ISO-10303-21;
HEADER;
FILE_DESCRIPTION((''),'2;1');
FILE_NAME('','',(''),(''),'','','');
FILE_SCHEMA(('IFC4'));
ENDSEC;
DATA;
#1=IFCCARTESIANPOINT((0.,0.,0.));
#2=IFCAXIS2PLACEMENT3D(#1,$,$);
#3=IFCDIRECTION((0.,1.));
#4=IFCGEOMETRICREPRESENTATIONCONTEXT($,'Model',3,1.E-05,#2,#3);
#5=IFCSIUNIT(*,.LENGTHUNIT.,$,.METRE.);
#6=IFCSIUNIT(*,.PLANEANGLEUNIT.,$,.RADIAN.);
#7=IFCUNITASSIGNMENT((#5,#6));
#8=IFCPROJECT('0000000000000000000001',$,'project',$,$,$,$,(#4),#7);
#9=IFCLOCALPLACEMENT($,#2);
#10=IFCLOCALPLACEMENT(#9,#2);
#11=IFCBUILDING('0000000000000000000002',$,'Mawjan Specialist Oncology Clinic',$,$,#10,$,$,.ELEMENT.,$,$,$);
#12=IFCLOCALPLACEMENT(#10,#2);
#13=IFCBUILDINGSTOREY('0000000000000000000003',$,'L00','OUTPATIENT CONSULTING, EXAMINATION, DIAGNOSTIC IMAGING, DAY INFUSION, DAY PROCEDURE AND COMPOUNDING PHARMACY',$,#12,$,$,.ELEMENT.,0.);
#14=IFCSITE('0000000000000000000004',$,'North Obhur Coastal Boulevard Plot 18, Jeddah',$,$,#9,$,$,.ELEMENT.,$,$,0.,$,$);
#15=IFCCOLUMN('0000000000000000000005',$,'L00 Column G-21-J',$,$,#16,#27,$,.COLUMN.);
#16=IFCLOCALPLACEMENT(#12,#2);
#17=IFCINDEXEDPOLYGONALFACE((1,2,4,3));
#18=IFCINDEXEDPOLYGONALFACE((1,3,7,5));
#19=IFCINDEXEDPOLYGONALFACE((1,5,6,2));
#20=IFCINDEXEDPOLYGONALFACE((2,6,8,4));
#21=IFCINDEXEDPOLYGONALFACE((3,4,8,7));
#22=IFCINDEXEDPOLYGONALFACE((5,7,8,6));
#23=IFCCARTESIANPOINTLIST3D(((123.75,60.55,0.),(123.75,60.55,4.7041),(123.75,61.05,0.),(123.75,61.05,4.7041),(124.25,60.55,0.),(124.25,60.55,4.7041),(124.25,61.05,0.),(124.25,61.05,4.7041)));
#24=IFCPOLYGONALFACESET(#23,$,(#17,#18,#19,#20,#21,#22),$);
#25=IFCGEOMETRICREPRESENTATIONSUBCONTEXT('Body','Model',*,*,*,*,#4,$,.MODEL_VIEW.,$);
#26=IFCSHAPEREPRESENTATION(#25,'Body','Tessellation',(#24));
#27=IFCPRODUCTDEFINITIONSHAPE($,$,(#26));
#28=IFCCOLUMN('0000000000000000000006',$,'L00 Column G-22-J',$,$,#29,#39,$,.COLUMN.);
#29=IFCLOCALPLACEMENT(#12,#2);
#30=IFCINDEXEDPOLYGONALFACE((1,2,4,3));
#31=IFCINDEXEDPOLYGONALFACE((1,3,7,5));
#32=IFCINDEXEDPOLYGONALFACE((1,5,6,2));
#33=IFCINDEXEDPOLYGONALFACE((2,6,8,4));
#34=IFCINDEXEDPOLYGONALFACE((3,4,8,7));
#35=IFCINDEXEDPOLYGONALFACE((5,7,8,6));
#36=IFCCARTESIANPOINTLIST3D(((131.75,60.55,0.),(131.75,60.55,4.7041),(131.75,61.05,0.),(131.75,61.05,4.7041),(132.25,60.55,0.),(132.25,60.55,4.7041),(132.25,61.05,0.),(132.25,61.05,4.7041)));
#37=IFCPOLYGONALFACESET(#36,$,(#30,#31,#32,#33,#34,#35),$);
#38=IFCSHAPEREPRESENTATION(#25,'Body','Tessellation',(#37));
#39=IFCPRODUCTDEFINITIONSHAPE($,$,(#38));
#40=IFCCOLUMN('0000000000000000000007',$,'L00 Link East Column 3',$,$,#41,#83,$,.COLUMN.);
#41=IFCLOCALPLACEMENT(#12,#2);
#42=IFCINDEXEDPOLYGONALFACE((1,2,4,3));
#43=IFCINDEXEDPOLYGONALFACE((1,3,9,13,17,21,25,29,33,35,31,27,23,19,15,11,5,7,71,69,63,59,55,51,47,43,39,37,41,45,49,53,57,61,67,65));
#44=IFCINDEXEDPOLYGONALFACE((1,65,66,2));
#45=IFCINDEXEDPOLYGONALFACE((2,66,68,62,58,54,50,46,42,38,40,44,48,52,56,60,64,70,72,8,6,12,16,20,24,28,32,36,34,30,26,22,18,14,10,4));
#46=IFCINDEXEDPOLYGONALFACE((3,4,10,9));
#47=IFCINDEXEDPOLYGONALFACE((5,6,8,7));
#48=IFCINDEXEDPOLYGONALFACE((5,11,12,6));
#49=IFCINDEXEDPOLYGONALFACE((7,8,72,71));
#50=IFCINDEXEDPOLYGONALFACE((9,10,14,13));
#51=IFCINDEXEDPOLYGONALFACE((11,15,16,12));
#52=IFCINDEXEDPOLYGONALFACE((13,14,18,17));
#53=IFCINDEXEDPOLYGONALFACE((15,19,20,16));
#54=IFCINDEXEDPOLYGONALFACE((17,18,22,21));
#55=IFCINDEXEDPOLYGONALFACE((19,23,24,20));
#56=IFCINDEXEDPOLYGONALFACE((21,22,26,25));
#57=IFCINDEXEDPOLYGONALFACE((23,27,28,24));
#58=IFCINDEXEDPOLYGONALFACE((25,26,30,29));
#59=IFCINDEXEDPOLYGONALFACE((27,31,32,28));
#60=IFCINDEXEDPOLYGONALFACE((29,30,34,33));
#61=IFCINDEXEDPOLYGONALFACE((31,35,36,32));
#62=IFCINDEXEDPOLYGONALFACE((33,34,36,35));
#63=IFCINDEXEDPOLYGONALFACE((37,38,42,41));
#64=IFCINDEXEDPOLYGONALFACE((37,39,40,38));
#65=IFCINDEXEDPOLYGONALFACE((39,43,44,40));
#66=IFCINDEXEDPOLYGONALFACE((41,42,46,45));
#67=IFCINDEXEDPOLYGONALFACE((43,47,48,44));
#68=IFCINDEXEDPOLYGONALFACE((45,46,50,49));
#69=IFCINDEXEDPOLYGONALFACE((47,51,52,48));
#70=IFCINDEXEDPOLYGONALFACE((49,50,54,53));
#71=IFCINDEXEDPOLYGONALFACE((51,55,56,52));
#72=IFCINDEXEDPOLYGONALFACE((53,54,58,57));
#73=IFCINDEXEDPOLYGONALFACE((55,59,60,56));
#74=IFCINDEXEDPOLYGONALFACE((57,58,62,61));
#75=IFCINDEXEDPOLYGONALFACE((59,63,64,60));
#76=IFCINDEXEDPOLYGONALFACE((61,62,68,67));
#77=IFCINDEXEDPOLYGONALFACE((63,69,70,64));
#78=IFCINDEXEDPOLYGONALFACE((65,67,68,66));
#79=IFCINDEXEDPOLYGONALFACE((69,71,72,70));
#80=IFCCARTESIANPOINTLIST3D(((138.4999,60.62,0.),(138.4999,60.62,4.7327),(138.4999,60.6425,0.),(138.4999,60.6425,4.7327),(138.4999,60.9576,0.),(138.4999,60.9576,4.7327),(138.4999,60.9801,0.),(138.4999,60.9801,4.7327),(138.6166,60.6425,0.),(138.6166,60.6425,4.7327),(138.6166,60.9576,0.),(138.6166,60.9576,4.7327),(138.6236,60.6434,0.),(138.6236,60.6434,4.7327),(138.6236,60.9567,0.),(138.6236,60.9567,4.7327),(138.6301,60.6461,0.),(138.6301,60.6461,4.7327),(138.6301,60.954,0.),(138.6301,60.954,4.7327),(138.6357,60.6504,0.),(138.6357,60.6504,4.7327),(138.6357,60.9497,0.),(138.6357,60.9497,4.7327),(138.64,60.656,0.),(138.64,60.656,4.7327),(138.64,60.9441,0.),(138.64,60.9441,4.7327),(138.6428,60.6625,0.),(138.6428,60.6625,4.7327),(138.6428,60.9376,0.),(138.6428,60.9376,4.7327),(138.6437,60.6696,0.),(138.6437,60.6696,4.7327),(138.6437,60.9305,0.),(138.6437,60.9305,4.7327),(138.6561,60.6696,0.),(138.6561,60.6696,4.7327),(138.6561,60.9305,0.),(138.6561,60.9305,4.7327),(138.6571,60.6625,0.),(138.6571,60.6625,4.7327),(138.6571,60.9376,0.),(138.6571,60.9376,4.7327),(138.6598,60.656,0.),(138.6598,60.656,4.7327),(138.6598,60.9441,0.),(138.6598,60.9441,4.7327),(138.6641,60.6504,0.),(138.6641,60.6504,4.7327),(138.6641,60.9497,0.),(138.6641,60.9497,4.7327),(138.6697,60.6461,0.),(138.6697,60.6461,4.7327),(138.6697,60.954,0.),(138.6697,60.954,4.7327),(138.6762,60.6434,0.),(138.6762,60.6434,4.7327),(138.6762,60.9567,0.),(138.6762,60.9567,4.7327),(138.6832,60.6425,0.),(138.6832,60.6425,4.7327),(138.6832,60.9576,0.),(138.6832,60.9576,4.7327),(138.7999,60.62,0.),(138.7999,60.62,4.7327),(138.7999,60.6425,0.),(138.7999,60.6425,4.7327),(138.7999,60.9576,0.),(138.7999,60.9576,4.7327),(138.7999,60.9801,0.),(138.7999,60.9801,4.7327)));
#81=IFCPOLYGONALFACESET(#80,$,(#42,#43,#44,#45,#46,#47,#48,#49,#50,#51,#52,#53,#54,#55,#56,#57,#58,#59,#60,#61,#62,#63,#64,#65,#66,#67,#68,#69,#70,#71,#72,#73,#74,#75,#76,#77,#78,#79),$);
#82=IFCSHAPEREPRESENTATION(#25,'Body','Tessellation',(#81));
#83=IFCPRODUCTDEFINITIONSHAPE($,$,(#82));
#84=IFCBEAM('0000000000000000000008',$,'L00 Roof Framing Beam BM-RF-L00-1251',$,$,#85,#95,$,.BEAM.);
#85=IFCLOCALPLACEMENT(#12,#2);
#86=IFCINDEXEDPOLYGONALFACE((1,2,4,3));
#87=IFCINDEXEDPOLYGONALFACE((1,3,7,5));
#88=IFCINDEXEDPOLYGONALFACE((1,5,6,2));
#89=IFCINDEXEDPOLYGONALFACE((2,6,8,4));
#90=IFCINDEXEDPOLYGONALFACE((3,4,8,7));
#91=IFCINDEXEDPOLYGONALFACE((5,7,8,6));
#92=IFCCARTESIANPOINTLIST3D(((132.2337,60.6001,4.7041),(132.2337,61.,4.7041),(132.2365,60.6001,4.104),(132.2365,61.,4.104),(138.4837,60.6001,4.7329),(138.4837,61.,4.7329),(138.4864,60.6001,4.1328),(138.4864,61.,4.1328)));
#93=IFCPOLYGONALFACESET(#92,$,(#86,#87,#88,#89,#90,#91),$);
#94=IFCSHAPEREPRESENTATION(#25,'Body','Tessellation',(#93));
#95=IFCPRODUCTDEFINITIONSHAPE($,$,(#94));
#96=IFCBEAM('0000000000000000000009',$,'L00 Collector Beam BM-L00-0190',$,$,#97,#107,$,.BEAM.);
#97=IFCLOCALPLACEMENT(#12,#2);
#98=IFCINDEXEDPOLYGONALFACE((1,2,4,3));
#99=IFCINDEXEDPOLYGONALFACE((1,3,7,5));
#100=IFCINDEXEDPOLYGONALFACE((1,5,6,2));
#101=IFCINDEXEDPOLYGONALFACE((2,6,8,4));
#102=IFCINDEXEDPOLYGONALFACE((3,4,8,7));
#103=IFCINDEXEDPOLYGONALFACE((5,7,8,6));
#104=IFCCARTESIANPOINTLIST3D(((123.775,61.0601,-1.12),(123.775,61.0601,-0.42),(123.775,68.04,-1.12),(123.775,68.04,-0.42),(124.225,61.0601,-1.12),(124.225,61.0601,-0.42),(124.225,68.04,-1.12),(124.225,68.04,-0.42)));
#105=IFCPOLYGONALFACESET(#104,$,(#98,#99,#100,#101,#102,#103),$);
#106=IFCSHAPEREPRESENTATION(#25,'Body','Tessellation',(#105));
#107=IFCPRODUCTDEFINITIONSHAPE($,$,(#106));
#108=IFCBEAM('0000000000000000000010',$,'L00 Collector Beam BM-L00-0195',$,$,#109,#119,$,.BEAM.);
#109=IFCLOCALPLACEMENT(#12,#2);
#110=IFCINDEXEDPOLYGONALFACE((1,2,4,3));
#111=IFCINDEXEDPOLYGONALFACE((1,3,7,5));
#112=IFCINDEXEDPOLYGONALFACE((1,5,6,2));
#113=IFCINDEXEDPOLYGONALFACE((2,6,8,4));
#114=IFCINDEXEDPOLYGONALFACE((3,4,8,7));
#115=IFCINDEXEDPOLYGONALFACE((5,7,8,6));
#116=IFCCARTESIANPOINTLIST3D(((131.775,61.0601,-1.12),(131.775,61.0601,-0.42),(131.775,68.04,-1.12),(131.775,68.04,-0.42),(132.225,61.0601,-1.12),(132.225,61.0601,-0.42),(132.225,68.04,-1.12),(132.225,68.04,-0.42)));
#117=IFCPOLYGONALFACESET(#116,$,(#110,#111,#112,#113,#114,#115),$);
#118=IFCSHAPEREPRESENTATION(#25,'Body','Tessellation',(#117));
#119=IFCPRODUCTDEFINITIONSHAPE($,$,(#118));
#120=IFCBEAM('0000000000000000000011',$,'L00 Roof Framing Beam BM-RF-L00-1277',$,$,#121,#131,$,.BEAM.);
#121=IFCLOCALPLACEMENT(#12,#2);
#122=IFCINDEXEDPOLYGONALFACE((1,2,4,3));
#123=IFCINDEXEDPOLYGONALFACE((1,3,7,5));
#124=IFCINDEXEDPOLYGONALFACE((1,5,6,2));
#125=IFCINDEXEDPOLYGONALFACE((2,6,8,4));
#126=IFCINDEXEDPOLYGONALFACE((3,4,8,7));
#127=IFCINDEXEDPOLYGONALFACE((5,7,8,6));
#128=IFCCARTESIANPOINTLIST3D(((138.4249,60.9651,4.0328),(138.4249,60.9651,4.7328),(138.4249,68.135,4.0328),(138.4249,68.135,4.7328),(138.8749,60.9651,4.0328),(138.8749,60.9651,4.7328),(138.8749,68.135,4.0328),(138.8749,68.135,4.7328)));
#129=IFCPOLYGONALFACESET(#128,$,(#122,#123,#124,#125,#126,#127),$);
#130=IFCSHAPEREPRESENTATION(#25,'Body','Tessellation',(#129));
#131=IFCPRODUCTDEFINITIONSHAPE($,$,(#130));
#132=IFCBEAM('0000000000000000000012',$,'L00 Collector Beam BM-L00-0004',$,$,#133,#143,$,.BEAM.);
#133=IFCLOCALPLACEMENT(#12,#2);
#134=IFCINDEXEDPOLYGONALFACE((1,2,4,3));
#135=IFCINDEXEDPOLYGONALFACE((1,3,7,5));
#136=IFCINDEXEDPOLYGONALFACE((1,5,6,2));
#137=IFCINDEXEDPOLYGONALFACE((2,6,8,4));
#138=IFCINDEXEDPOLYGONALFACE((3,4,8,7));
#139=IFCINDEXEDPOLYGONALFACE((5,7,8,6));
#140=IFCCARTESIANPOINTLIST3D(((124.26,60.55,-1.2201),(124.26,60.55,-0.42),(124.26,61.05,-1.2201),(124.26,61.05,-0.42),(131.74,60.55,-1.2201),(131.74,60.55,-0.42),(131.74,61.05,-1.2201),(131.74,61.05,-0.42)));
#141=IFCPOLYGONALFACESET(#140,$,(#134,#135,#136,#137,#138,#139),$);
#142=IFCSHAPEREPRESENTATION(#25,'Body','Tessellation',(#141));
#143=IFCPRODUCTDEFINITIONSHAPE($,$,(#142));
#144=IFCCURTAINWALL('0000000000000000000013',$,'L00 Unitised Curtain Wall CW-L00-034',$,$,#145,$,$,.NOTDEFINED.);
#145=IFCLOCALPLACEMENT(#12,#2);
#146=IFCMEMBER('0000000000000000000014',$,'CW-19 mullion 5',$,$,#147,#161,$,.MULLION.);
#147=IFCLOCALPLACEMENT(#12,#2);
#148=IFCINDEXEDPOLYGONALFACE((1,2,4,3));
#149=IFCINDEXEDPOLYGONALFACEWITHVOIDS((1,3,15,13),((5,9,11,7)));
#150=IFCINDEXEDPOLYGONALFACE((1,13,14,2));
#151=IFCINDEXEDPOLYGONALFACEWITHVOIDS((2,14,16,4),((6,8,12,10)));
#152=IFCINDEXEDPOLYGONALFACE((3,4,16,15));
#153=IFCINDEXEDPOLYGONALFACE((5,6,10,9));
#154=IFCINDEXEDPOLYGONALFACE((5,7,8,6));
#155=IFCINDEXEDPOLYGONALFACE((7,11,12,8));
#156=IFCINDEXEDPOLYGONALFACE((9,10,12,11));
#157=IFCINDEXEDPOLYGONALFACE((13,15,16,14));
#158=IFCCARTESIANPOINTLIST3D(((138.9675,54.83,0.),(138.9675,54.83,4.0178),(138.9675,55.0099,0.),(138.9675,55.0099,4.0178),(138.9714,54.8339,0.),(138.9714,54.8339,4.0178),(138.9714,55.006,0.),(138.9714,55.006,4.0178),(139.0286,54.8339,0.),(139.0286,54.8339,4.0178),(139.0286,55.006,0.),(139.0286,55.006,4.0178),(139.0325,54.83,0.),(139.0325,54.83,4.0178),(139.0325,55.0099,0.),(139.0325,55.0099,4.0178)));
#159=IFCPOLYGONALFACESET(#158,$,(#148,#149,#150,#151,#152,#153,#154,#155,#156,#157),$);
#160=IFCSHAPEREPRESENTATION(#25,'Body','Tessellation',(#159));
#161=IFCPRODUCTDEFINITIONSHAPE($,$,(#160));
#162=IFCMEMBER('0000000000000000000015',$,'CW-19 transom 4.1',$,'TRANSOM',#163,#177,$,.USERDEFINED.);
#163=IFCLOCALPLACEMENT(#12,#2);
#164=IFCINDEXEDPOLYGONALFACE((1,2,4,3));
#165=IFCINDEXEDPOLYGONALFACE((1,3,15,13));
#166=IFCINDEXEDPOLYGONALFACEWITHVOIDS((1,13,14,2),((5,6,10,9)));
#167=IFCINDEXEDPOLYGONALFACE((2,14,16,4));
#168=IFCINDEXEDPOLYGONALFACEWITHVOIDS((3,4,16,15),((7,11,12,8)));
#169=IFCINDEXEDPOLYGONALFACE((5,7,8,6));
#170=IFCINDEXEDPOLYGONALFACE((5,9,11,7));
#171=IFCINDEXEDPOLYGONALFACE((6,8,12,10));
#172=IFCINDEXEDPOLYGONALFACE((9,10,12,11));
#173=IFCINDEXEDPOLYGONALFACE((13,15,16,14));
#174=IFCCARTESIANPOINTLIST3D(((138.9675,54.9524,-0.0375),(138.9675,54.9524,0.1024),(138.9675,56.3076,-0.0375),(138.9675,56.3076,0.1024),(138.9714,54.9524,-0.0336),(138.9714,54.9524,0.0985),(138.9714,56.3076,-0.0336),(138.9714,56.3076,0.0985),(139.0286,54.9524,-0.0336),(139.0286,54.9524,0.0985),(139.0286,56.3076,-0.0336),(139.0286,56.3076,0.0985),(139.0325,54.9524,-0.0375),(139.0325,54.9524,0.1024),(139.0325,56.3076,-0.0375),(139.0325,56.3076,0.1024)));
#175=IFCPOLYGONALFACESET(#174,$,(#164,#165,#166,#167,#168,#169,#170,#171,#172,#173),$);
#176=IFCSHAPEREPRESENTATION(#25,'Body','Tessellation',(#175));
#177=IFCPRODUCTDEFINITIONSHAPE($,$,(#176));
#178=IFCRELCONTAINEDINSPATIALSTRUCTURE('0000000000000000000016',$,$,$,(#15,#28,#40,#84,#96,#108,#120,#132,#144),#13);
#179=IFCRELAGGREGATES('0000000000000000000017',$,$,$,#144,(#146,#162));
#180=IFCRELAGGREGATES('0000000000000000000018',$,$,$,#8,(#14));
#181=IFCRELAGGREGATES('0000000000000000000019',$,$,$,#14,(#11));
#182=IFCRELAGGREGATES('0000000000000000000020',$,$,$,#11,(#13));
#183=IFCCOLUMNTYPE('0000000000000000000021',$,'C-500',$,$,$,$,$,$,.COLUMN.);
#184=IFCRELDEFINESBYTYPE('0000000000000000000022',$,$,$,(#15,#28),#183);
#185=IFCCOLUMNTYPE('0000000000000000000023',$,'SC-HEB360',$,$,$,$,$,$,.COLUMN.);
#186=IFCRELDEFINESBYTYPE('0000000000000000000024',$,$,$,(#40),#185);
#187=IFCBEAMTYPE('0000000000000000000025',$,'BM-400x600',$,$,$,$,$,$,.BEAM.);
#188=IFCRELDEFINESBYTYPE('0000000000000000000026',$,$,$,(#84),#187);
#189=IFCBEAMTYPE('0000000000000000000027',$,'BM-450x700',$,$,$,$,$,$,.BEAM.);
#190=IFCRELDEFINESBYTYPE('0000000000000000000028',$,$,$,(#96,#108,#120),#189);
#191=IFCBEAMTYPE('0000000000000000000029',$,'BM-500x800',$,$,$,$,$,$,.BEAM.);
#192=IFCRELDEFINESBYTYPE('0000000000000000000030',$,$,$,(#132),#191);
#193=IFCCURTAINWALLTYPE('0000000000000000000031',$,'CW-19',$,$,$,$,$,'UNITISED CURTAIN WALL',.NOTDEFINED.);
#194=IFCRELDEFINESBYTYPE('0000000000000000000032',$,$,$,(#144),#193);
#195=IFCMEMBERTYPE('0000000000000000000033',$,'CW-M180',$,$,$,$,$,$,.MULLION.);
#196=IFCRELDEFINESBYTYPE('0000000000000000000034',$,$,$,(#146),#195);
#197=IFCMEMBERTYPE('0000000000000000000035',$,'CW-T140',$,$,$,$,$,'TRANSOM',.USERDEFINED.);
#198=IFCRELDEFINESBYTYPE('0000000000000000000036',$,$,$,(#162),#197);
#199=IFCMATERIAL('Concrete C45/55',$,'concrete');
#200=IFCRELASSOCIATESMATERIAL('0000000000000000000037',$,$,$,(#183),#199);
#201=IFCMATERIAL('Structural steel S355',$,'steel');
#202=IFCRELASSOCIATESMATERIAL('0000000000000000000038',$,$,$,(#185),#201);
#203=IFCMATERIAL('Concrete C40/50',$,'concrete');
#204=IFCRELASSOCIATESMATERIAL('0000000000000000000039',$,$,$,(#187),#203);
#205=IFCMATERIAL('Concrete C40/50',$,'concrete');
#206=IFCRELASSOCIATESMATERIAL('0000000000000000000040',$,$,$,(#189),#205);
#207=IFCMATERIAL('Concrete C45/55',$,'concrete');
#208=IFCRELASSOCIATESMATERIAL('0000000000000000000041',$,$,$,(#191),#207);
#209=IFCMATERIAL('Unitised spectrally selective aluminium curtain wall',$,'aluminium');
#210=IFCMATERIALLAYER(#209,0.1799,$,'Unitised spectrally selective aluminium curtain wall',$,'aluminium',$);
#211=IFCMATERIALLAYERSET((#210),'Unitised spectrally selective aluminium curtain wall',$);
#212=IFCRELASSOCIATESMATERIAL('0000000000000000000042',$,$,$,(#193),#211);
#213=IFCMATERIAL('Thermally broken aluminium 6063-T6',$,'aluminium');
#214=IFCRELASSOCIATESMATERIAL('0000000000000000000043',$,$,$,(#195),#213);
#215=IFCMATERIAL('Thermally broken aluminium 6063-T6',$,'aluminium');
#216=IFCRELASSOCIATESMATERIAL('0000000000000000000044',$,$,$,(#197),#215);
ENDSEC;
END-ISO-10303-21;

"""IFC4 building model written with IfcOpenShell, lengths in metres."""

from ifc_helpers import new_model, si_unit, direction, frame, origin, origin_2d, place, context, subcontext, project, spatial, rectangle, hollow_rectangle, i_section, extrude, material, layer, layer_set, material_profile, profile_set, type_object, element, aggregate, save


model = new_model("IFC4")

# Units and contexts
model_context = context("Model", 3, precision=1e-05, world=origin(), true_north=direction((0.0, 1.0)))
body_context = subcontext(model_context, "Body", "Model", "MODEL_VIEW")
ifc_project = project(units=[si_unit("LENGTHUNIT", "METRE"), si_unit("PLANEANGLEUNIT", "RADIAN")], contexts=[model_context])

# Site, building, storey
site_placement = place(None, origin())
site = spatial("IfcSite", under=ifc_project, at=site_placement, Name="North Obhur Coastal Boulevard Plot 18, Jeddah", CompositionType="ELEMENT", RefElevation=0.0)
building_placement = place(site_placement, origin())
building = spatial("IfcBuilding", under=site, at=building_placement, Name="Mawjan Specialist Oncology Clinic", CompositionType="ELEMENT")
storey_placement = place(building_placement, origin())
storey = spatial("IfcBuildingStorey", under=building, at=storey_placement, Name="L00", Description="OUTPATIENT CONSULTING, EXAMINATION, DIAGNOSTIC IMAGING, DAY INFUSION, DAY PROCEDURE AND COMPOUNDING PHARMACY", CompositionType="ELEMENT", Elevation=0.0)

# Columns
ifc_material_1 = material(Name="Concrete C45/55", Category="concrete")
ifc_material_profile_1 = material_profile(ifc_material_1, rectangle(XDim=0.5, YDim=0.5, at=origin_2d()), Name="RC COL 500x500", Category="concrete")
ifc_profile_set_1 = profile_set([ifc_material_profile_1], Name="Concrete C45/55")
column_type_1 = type_object("IfcColumnType", Name="C-500", PredefinedType="COLUMN", material=ifc_profile_set_1)
for number, where, z_axis, x_axis, name in (
    (1, (124.0, 60.8, 0.0), (0.0, 0.0, 1.0), (1.0, 0.0, 0.0), "L00 Column G-21-J"),
    (2, (132.0, 60.8, 0.0), (0.0, 0.0, 1.0), (1.0, 0.0, 0.0), "L00 Column G-22-J"),
):
    element("IfcColumn", number, at=place(storey_placement, frame(where, z_axis=z_axis, x_axis=x_axis)), inside=storey, type_object=column_type_1, Name=name, PredefinedType="COLUMN", context=body_context, shape_type="SweptSolid", body=[
        extrude(rectangle(XDim=0.5, YDim=0.5, at=origin_2d()), origin(), (0.0, 0.0, 1.0), 4.7041),
    ])
ifc_material_2 = material(Name="Structural steel S355", Category="steel")
ifc_material_profile_2 = material_profile(ifc_material_2, i_section(OverallWidth=0.3, OverallDepth=0.3601, WebThickness=0.0125, FlangeThickness=0.0225, FilletRadius=0.0271, at=origin_2d()), Name="HEB 360", Category="steel")
ifc_profile_set_2 = profile_set([ifc_material_profile_2], Name="Structural steel S355")
column_type_2 = type_object("IfcColumnType", Name="SC-HEB360", PredefinedType="COLUMN", material=ifc_profile_set_2)
column_placement = place(storey_placement, frame((138.6499, 60.8, 0.0), z_axis=(0.0, 0.0, 1.0), x_axis=(1.0, 0.0, 0.0)))
element("IfcColumn", 3, at=column_placement, inside=storey, type_object=column_type_2, Name="L00 Link East Column 3", PredefinedType="COLUMN", context=body_context, shape_type="SweptSolid", body=[
    extrude(i_section(OverallWidth=0.3, OverallDepth=0.3601, WebThickness=0.0125, FlangeThickness=0.0225, FilletRadius=0.0271, at=origin_2d()), origin(), (0.0, 0.0, 1.0), 4.7327),
])

# Beams
ifc_material_3 = material(Name="Concrete C40/50", Category="concrete")
ifc_material_profile_3 = material_profile(ifc_material_3, rectangle(XDim=0.3999, YDim=0.6001, at=origin_2d()), Name="RC BM 400x600", Category="concrete")
ifc_profile_set_3 = profile_set([ifc_material_profile_3], Name="Concrete C40/50")
beam_type_1 = type_object("IfcBeamType", Name="BM-400x600", PredefinedType="BEAM", material=ifc_profile_set_3)
beam_1_placement = place(storey_placement, frame((132.2351, 60.8, 4.4041), z_axis=(0.999989, 0.0, 0.004609), x_axis=(0.0, 1.0, 0.0)))
element("IfcBeam", 4, at=beam_1_placement, inside=storey, type_object=beam_type_1, Name="L00 Roof Framing Beam BM-RF-L00-1251", PredefinedType="BEAM", context=body_context, shape_type="SweptSolid", body=[
    extrude(rectangle(XDim=0.3999, YDim=0.6001, at=origin_2d()), origin(), (0.0, 0.0, 1.0), 6.25),
])
ifc_material_4 = material(Name="Concrete C40/50", Category="concrete")
ifc_material_profile_4 = material_profile(ifc_material_4, rectangle(XDim=0.45, YDim=0.7, at=origin_2d()), Name="RC BM 450x700", Category="concrete")
ifc_profile_set_4 = profile_set([ifc_material_profile_4], Name="Concrete C40/50")
beam_type_2 = type_object("IfcBeamType", Name="BM-450x700", PredefinedType="BEAM", material=ifc_profile_set_4)
for number, where, z_axis, x_axis, name in (
    (5, (124.0, 61.0601, -0.77), (0.0, 1.0, 0.0), (-1.0, 0.0, 0.0), "L00 Collector Beam BM-L00-0190"),
    (6, (132.0, 61.0601, -0.77), (0.0, 1.0, 0.0), (-1.0, 0.0, 0.0), "L00 Collector Beam BM-L00-0195"),
):
    element("IfcBeam", number, at=place(storey_placement, frame(where, z_axis=z_axis, x_axis=x_axis)), inside=storey, type_object=beam_type_2, Name=name, PredefinedType="BEAM", context=body_context, shape_type="SweptSolid", body=[
        extrude(rectangle(XDim=0.45, YDim=0.7, at=origin_2d()), origin(), (0.0, 0.0, 1.0), 6.98),
    ])
beam_2_placement = place(storey_placement, frame((138.6499, 60.9651, 4.3828), z_axis=(0.0, 1.0, 0.0), x_axis=(-1.0, 0.0, 0.0)))
element("IfcBeam", 7, at=beam_2_placement, inside=storey, type_object=beam_type_2, Name="L00 Roof Framing Beam BM-RF-L00-1277", PredefinedType="BEAM", context=body_context, shape_type="SweptSolid", body=[
    extrude(rectangle(XDim=0.45, YDim=0.7, at=origin_2d()), origin(), (0.0, 0.0, 1.0), 7.1699),
])
ifc_material_5 = material(Name="Concrete C45/55", Category="concrete")
ifc_material_profile_5 = material_profile(ifc_material_5, rectangle(XDim=0.5, YDim=0.8, at=origin_2d()), Name="RC BM 500x800", Category="concrete")
ifc_profile_set_5 = profile_set([ifc_material_profile_5], Name="Concrete C45/55")
beam_type_3 = type_object("IfcBeamType", Name="BM-500x800", PredefinedType="BEAM", material=ifc_profile_set_5)
beam_3_placement = place(storey_placement, frame((124.26, 60.8, -0.8201), z_axis=(1.0, 0.0, 0.0), x_axis=(0.0, 1.0, 0.0)))
element("IfcBeam", 8, at=beam_3_placement, inside=storey, type_object=beam_type_3, Name="L00 Collector Beam BM-L00-0004", PredefinedType="BEAM", context=body_context, shape_type="SweptSolid", body=[
    extrude(rectangle(XDim=0.5, YDim=0.8, at=origin_2d()), origin(), (0.0, 0.0, 1.0), 7.48),
])

# Curtain wall, members
ifc_material_6 = material(Name="Unitised spectrally selective aluminium curtain wall", Category="aluminium")
ifc_layer_1 = layer(ifc_material_6, 0.1799, Name="Unitised spectrally selective aluminium curtain wall", Category="aluminium")
ifc_layer_set_1 = layer_set([ifc_layer_1], Name="Unitised spectrally selective aluminium curtain wall")
curtain_wall_type = type_object("IfcCurtainWallType", Name="CW-19", ElementType="UNITISED CURTAIN WALL", PredefinedType="NOTDEFINED", material=ifc_layer_set_1)
curtain_wall_placement = place(storey_placement, origin())
curtain_wall = element("IfcCurtainWall", 9, at=curtain_wall_placement, inside=storey, type_object=curtain_wall_type, Name="L00 Unitised Curtain Wall CW-L00-034", PredefinedType="NOTDEFINED")
ifc_material_7 = material(Name="Thermally broken aluminium 6063-T6", Category="aluminium")
ifc_material_profile_6 = material_profile(ifc_material_7, hollow_rectangle(XDim=0.0649, YDim=0.1799, WallThickness=0.0039, at=origin_2d()), Name="ALU MULLION 180x65x4", Category="aluminium")
ifc_profile_set_6 = profile_set([ifc_material_profile_6], Name="Thermally broken aluminium 6063-T6")
member_type_1 = type_object("IfcMemberType", Name="CW-M180", PredefinedType="MULLION", material=ifc_profile_set_6)
member_1_placement = place(storey_placement, frame((139.0, 54.9199, 0.0), z_axis=(0.0, 0.0, 1.0), x_axis=(1.0, 0.0, 0.0)))
member_1 = element("IfcMember", 10, at=member_1_placement, type_object=member_type_1, Name="CW-19 mullion 5", PredefinedType="MULLION", context=body_context, shape_type="SweptSolid", body=[
    extrude(hollow_rectangle(XDim=0.0649, YDim=0.1799, WallThickness=0.0039, at=origin_2d()), origin(), (0.0, 0.0, 1.0), 4.0178),
])
ifc_material_8 = material(Name="Thermally broken aluminium 6063-T6", Category="aluminium")
ifc_material_profile_7 = material_profile(ifc_material_8, hollow_rectangle(XDim=0.0649, YDim=0.1399, WallThickness=0.0039, at=origin_2d()), Name="ALU TRANSOM 140x65x4", Category="aluminium")
ifc_profile_set_7 = profile_set([ifc_material_profile_7], Name="Thermally broken aluminium 6063-T6")
member_type_2 = type_object("IfcMemberType", Name="CW-T140", ElementType="TRANSOM", PredefinedType="USERDEFINED", material=ifc_profile_set_7)
member_2_placement = place(storey_placement, frame((139.0, 56.3076, 0.0325), z_axis=(0.0, -1.0, 0.0), x_axis=(1.0, 0.0, 0.0)))
member_2 = element("IfcMember", 11, at=member_2_placement, type_object=member_type_2, Name="CW-19 transom 4.1", ObjectType="TRANSOM", PredefinedType="USERDEFINED", context=body_context, shape_type="SweptSolid", body=[
    extrude(hollow_rectangle(XDim=0.0649, YDim=0.1399, WallThickness=0.0039, at=origin_2d()), origin(), (0.0, 0.0, 1.0), 1.3552),
])
aggregate(curtain_wall, [member_1, member_2])

save(model, "model.ifc")
